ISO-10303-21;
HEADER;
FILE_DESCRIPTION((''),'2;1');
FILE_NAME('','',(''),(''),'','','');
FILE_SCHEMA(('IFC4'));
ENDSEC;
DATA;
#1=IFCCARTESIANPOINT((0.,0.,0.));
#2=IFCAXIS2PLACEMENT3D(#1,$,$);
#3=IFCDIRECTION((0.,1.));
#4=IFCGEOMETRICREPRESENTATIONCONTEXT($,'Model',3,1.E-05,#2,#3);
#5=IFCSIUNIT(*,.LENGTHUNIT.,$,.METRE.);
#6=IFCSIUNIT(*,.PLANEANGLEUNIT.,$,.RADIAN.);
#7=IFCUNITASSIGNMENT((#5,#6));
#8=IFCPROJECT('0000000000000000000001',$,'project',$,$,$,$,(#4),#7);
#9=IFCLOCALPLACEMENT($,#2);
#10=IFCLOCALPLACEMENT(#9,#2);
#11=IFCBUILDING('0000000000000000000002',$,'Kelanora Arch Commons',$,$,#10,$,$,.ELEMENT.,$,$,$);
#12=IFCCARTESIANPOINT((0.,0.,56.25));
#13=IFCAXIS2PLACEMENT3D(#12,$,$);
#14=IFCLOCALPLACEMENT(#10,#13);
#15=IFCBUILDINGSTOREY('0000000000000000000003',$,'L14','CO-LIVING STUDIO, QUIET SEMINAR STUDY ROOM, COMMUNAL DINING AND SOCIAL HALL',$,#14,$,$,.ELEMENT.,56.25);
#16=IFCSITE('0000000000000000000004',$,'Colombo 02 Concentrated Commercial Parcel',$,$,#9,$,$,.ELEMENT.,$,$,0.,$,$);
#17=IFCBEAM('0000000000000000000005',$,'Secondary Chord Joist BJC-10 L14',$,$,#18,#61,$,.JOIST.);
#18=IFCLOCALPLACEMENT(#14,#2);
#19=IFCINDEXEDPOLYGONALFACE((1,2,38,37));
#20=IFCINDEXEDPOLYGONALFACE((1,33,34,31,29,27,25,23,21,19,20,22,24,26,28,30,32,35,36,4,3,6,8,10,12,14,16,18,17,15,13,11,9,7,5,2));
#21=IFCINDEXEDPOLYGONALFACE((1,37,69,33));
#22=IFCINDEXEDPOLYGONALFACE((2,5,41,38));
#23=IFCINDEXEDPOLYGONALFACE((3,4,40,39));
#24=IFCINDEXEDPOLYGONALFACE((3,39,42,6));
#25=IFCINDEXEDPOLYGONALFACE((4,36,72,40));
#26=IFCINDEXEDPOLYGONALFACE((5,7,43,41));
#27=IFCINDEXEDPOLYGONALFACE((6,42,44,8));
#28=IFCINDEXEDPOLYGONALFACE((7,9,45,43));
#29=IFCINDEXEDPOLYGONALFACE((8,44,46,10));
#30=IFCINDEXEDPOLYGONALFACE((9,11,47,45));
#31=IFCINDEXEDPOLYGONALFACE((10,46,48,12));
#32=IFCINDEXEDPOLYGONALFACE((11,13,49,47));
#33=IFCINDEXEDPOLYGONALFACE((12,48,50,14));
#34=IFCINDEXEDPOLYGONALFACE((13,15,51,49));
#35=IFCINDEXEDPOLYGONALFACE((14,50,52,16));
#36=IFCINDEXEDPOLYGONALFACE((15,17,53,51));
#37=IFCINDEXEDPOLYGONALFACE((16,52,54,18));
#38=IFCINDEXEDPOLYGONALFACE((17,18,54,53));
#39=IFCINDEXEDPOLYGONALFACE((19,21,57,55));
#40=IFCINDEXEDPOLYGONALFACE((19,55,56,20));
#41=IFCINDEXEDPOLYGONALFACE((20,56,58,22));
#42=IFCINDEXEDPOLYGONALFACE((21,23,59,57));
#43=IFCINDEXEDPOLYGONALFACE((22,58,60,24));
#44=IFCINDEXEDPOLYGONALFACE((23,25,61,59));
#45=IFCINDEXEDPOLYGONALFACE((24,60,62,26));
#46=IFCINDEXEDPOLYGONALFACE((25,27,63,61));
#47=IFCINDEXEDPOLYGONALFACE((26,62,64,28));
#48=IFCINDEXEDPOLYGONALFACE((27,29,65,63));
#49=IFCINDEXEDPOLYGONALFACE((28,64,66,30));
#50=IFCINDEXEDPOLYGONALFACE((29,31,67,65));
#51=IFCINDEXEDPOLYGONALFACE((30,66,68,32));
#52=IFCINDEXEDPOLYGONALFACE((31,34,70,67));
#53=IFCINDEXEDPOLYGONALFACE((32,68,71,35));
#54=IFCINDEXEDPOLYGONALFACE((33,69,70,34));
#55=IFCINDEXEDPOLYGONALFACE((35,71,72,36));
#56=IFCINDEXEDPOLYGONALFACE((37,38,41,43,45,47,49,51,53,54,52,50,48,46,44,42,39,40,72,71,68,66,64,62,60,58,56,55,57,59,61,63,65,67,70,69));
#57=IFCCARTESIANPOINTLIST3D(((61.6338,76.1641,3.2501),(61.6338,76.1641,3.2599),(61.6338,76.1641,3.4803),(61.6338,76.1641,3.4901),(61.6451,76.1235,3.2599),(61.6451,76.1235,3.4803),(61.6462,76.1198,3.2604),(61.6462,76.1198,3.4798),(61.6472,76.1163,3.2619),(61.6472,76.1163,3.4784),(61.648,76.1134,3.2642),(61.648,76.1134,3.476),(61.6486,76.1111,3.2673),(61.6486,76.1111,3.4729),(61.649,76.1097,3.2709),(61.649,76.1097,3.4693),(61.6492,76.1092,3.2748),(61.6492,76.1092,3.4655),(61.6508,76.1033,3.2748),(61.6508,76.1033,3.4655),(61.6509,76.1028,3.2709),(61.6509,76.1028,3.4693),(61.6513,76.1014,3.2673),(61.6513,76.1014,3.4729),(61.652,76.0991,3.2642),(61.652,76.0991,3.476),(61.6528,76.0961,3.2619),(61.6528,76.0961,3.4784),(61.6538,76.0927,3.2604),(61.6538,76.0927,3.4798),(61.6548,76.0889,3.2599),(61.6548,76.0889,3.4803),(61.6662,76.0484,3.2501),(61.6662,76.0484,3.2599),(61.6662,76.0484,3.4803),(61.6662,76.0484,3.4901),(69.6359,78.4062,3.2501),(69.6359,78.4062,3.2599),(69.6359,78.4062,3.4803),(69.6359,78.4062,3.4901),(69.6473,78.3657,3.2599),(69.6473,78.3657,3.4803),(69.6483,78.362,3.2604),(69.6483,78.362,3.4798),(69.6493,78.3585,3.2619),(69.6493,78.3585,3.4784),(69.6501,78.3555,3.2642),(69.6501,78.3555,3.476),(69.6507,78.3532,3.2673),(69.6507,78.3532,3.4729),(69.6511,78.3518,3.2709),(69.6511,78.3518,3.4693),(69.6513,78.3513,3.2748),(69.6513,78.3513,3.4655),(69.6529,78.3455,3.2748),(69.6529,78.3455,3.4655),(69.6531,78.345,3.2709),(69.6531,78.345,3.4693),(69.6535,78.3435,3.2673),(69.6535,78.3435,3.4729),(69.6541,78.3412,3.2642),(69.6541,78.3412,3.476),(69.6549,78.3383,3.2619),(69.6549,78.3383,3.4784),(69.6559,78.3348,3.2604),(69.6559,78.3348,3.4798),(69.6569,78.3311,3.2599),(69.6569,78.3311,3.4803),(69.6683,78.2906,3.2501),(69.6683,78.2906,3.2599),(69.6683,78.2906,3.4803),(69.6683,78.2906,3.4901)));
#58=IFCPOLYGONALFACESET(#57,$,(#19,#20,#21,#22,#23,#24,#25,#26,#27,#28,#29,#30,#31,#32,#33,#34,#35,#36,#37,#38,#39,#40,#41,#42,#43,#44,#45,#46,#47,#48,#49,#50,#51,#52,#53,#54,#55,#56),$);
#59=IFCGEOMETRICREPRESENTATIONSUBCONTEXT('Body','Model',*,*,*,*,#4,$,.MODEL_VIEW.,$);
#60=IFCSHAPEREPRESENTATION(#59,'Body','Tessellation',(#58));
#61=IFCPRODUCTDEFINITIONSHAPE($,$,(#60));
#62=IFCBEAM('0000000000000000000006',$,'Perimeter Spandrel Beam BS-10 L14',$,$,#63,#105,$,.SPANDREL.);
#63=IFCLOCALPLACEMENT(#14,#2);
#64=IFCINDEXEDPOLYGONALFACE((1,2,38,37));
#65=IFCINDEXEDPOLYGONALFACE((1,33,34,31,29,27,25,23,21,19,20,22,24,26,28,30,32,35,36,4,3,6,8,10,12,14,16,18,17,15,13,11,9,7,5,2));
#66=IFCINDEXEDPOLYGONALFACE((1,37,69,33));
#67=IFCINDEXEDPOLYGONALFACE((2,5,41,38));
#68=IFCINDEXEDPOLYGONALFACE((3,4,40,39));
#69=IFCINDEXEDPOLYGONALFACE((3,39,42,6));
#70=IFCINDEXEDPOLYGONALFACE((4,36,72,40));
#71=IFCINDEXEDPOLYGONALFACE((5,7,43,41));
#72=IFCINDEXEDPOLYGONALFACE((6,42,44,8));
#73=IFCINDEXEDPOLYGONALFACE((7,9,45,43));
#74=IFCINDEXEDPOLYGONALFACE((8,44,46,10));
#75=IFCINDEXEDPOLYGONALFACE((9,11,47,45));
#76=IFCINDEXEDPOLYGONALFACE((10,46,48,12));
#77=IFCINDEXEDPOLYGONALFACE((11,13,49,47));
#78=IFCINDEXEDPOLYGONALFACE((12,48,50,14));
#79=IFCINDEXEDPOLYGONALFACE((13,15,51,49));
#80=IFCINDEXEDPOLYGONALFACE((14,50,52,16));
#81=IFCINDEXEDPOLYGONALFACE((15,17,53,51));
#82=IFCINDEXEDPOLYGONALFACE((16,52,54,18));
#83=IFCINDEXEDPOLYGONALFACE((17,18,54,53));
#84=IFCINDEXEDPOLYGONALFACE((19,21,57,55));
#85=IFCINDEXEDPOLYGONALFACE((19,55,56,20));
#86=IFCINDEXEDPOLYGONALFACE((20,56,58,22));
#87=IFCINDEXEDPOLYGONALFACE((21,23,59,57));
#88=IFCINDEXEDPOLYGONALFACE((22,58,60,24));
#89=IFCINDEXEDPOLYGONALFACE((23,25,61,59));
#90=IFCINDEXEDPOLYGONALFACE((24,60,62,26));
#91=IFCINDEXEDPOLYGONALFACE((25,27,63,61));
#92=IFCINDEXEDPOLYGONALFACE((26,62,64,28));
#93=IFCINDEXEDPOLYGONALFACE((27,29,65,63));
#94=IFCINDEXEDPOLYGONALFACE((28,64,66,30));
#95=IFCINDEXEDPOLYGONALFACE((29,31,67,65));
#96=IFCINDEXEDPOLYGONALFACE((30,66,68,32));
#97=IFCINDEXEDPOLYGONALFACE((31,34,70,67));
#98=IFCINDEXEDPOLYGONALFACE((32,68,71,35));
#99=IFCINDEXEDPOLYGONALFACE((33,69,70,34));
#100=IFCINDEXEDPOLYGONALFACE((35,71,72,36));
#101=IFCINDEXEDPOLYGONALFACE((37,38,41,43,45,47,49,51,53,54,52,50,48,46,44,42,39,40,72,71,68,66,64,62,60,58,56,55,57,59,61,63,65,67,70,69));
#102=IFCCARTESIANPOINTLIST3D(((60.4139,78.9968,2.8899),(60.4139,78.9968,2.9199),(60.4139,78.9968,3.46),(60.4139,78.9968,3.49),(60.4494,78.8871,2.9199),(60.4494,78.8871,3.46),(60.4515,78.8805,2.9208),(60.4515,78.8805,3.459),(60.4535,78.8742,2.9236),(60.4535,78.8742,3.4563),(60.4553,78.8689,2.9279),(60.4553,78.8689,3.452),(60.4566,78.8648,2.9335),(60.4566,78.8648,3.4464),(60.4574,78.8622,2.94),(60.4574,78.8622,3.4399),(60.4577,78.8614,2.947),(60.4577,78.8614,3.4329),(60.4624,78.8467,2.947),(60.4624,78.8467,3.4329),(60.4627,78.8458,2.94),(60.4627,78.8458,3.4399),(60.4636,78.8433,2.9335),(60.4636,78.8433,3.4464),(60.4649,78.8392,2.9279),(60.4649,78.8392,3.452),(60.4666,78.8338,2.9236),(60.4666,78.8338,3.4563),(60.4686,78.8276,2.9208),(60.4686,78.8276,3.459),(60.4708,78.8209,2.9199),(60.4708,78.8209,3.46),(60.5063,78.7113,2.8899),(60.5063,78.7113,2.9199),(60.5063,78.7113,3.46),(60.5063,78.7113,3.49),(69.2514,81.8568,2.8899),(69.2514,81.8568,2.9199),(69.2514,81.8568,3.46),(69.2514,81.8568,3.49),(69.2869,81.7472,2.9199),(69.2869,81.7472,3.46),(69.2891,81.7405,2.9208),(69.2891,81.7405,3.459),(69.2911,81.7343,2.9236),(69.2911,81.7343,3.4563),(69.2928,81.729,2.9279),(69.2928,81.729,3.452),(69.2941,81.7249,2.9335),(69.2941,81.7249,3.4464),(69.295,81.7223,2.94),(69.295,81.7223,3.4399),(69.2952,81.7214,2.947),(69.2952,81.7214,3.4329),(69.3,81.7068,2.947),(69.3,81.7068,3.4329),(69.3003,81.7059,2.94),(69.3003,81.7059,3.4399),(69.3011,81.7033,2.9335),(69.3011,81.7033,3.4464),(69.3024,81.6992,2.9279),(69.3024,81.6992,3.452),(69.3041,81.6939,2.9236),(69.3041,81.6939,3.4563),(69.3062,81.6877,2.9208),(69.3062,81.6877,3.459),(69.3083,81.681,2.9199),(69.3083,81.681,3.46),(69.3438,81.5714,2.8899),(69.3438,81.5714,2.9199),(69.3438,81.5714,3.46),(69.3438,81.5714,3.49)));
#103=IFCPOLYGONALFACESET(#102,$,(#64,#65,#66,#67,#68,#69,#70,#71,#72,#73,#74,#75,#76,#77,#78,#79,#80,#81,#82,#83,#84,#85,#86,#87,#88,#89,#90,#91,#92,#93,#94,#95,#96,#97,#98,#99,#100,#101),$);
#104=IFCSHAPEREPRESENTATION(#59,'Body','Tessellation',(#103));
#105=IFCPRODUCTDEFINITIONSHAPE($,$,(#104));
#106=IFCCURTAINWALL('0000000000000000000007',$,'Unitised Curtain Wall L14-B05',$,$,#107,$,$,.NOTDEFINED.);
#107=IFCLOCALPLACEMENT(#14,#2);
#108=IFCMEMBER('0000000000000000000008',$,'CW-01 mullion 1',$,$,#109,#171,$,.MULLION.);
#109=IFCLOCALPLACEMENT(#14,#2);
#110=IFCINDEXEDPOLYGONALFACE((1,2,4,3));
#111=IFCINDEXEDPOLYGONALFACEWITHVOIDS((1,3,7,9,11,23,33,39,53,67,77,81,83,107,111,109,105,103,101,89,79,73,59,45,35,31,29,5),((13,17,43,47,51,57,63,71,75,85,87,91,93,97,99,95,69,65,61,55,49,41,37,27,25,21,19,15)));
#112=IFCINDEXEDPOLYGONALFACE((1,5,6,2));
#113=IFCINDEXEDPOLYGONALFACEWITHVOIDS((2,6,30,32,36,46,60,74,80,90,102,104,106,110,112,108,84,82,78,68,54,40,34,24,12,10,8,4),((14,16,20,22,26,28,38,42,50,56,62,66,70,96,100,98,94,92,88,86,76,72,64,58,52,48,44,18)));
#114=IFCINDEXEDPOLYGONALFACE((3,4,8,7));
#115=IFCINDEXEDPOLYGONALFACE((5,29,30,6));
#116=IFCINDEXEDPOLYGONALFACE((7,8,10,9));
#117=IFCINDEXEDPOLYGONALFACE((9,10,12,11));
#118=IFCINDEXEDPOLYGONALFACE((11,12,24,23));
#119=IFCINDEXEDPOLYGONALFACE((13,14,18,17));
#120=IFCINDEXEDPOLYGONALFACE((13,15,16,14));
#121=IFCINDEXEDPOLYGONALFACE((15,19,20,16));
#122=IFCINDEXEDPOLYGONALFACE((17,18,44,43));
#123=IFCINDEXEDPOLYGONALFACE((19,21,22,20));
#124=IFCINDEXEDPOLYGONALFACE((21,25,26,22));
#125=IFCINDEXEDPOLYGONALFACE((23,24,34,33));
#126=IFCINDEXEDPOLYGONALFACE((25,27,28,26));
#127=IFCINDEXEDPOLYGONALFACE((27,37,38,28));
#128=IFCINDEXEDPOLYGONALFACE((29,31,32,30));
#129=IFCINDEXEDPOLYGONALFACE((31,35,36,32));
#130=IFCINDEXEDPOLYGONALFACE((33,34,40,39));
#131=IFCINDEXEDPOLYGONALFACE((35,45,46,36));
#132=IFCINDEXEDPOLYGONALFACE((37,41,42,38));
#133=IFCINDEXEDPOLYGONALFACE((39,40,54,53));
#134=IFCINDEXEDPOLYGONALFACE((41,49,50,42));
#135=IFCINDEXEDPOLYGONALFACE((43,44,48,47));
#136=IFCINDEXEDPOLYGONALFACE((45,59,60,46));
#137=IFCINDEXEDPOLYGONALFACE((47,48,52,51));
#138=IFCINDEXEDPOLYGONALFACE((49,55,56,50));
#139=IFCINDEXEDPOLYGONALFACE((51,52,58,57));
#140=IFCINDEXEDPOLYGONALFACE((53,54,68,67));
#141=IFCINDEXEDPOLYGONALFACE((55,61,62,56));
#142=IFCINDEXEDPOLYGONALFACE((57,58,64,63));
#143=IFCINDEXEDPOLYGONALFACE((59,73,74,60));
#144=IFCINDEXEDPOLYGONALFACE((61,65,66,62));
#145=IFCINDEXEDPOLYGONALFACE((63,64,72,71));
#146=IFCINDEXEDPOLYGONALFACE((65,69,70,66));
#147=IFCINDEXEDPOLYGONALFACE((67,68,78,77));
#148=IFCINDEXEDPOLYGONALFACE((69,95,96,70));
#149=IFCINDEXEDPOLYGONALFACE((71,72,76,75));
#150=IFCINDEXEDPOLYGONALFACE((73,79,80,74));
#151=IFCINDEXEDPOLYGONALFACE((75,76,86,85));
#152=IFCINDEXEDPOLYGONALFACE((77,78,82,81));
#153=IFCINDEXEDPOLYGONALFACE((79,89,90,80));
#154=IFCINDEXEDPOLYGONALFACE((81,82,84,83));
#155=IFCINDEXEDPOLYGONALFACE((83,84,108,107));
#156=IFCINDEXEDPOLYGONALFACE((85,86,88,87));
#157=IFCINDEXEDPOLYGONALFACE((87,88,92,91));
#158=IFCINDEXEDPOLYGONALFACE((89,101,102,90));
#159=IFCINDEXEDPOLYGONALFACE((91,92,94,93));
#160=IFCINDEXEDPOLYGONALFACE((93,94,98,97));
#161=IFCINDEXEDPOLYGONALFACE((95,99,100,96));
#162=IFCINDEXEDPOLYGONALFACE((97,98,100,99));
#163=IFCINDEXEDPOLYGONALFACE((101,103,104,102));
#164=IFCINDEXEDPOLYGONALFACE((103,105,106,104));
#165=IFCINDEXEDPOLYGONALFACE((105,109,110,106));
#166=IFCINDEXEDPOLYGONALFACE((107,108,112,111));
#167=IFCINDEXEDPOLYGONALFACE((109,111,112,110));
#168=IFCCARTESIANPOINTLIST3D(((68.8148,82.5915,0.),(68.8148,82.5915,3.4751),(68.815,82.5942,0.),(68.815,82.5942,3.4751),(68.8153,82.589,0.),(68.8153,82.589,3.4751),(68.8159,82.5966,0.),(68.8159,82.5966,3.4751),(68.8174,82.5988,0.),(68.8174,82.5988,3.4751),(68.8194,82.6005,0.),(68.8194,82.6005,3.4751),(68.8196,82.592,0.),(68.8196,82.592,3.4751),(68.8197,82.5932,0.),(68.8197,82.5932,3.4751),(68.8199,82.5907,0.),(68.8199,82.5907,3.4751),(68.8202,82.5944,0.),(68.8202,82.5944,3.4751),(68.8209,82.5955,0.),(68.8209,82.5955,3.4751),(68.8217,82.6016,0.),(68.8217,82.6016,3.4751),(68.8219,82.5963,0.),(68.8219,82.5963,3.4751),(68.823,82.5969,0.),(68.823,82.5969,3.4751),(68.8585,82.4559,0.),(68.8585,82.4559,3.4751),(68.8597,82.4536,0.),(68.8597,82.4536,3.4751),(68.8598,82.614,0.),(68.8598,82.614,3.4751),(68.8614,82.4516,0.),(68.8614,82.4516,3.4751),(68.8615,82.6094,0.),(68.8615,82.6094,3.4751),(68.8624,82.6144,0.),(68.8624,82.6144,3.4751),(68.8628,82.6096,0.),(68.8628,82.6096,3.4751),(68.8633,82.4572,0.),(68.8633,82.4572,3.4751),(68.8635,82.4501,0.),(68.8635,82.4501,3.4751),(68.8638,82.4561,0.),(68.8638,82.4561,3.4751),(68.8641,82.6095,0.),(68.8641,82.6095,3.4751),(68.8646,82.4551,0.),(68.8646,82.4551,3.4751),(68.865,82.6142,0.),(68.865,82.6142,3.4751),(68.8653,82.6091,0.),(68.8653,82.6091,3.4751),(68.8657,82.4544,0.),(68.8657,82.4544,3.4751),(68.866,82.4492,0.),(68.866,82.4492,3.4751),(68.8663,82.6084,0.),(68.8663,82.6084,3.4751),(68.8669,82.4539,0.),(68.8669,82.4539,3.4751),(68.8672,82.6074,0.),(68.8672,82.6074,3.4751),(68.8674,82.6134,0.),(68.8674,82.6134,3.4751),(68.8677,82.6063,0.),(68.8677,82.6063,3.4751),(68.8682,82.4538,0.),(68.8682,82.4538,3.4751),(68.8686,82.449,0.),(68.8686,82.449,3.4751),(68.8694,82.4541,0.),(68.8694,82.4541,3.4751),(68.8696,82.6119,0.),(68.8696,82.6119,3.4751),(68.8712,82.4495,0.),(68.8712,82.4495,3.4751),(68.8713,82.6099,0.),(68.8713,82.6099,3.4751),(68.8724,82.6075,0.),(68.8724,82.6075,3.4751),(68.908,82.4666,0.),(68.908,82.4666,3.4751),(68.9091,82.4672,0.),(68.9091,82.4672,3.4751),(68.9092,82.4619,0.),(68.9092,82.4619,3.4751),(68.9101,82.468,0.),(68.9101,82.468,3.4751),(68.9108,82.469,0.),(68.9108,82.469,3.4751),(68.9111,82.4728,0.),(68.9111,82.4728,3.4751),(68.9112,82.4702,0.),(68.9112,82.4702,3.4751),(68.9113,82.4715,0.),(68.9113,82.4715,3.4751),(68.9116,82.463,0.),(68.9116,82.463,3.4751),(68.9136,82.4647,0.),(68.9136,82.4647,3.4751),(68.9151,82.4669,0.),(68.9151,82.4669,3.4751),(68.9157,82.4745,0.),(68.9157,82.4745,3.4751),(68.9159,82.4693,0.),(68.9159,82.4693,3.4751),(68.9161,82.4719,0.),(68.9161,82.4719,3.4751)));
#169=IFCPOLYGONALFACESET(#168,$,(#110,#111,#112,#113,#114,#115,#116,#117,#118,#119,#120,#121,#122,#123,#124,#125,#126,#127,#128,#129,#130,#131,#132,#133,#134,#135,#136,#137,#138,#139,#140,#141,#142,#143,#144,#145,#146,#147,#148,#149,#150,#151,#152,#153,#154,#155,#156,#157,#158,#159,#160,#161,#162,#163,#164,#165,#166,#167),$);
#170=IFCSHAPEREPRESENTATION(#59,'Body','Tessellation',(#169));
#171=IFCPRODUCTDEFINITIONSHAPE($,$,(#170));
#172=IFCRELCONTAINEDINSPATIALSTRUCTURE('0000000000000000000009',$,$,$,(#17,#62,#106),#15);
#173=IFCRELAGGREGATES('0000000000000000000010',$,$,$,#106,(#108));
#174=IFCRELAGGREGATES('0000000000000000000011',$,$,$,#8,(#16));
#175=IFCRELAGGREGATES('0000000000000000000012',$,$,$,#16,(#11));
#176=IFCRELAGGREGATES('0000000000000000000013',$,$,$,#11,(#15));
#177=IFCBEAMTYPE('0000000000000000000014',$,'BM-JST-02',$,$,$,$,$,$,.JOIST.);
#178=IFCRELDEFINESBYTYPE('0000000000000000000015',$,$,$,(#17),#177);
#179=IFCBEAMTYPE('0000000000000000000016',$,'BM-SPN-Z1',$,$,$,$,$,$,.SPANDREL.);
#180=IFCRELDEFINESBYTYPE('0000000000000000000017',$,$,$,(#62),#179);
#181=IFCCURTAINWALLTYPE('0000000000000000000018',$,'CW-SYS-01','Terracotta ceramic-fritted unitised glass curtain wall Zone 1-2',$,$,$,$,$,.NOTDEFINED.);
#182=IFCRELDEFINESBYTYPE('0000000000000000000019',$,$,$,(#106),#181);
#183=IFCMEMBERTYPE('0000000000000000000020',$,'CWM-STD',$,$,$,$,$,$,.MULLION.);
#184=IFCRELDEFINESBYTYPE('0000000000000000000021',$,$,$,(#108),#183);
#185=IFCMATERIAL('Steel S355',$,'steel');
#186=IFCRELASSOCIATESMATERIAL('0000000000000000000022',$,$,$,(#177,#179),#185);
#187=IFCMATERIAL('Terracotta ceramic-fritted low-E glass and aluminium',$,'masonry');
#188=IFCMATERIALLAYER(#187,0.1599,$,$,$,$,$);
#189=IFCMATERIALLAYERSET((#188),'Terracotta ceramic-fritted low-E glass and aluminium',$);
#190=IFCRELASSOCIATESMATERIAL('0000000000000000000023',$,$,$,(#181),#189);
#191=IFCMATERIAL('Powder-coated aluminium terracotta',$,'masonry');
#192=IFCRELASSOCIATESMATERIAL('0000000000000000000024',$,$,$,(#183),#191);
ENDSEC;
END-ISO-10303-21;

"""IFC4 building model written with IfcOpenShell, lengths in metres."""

from ifc_helpers import new_model, si_unit, direction, frame, origin, origin_2d, place, context, subcontext, project, spatial, hollow_rectangle, i_section, extrude, material, layer, layer_set, material_profile, profile_set, type_object, element, aggregate, save


model = new_model("IFC4")

# Units and contexts
model_context = context("Model", 3, precision=1e-05, world=origin(), true_north=direction((0.0, 1.0)))
body_context = subcontext(model_context, "Body", "Model", "MODEL_VIEW")
ifc_project = project(units=[si_unit("LENGTHUNIT", "METRE"), si_unit("PLANEANGLEUNIT", "RADIAN")], contexts=[model_context])

# Site, building, storey
site_placement = place(None, origin())
site = spatial("IfcSite", under=ifc_project, at=site_placement, Name="Colombo 02 Concentrated Commercial Parcel", CompositionType="ELEMENT", RefElevation=0.0)
building_placement = place(site_placement, origin())
building = spatial("IfcBuilding", under=site, at=building_placement, Name="Kelanora Arch Commons", CompositionType="ELEMENT")
storey_placement = place(building_placement, frame((0.0, 0.0, 56.25)))
storey = spatial("IfcBuildingStorey", under=building, at=storey_placement, Name="L14", Description="CO-LIVING STUDIO, QUIET SEMINAR STUDY ROOM, COMMUNAL DINING AND SOCIAL HALL", CompositionType="ELEMENT", Elevation=56.25)

# Beams
ifc_material_1 = material(Name="Steel S355", Category="steel")
ifc_material_profile_1 = material_profile(ifc_material_1, i_section(OverallWidth=0.1201, OverallDepth=0.24, WebThickness=0.0061, FlangeThickness=0.0098, FilletRadius=0.0149, at=origin_2d()), Name="IPE240")
ifc_profile_set_1 = profile_set([ifc_material_profile_1], Name="Steel S355")
beam_type_1 = type_object("IfcBeamType", Name="BM-JST-02", PredefinedType="JOIST", material=ifc_profile_set_1)
beam_1_placement = place(storey_placement, frame((69.6521, 78.3484, 3.3701), z_axis=(-0.962915, -0.269805, 0.0), x_axis=(0.269805, -0.962915, 0.0)))
element("IfcBeam", 1, at=beam_1_placement, inside=storey, type_object=beam_type_1, Name="Secondary Chord Joist BJC-10 L14", PredefinedType="JOIST", context=body_context, shape_type="SweptSolid", body=[
    extrude(i_section(OverallWidth=0.1201, OverallDepth=0.24, WebThickness=0.0061, FlangeThickness=0.0098, FilletRadius=0.0149, at=origin_2d()), origin(), (0.0, 0.0, 1.0), 8.3103),
])
ifc_material_profile_2 = material_profile(ifc_material_1, i_section(OverallWidth=0.3, OverallDepth=0.6001, WebThickness=0.0154, FlangeThickness=0.03, FilletRadius=0.0271, at=origin_2d()), Name="HEB600")
ifc_profile_set_2 = profile_set([ifc_material_profile_2], Name="Steel S355")
beam_type_2 = type_object("IfcBeamType", Name="BM-SPN-Z1", PredefinedType="SPANDREL", material=ifc_profile_set_2)
beam_2_placement = place(storey_placement, frame((69.2976, 81.7141, 3.1899), z_axis=(-0.951417, -0.307905, 0.0), x_axis=(0.307905, -0.951417, 0.0)))
element("IfcBeam", 2, at=beam_2_placement, inside=storey, type_object=beam_type_2, Name="Perimeter Spandrel Beam BS-10 L14", PredefinedType="SPANDREL", context=body_context, shape_type="SweptSolid", body=[
    extrude(i_section(OverallWidth=0.3, OverallDepth=0.6001, WebThickness=0.0154, FlangeThickness=0.03, FilletRadius=0.0271, at=origin_2d()), origin(), (0.0, 0.0, 1.0), 9.2888),
])

# Curtain wall, member
ifc_material_2 = material(Name="Terracotta ceramic-fritted low-E glass and aluminium", Category="masonry")
ifc_layer_1 = layer(ifc_material_2, 0.1599)
ifc_layer_set_1 = layer_set([ifc_layer_1], Name="Terracotta ceramic-fritted low-E glass and aluminium")
curtain_wall_type = type_object("IfcCurtainWallType", Name="CW-SYS-01", Description="Terracotta ceramic-fritted unitised glass curtain wall Zone 1-2", PredefinedType="NOTDEFINED", material=ifc_layer_set_1)
curtain_wall_placement = place(storey_placement, origin())
curtain_wall = element("IfcCurtainWall", 3, at=curtain_wall_placement, inside=storey, type_object=curtain_wall_type, Name="Unitised Curtain Wall L14-B05", PredefinedType="NOTDEFINED")
ifc_material_3 = material(Name="Powder-coated aluminium terracotta", Category="masonry")
ifc_material_profile_3 = material_profile(ifc_material_3, hollow_rectangle(XDim=0.1599, YDim=0.0601, WallThickness=0.0049, InnerFilletRadius=0.0049, OuterFilletRadius=0.01, at=origin_2d()), Name="CWM160x60")
ifc_profile_set_3 = profile_set([ifc_material_profile_3], Name="Powder-coated aluminium terracotta")
member_type_1 = type_object("IfcMemberType", Name="CWM-STD", PredefinedType="MULLION", material=ifc_profile_set_3)
member_1_placement = place(storey_placement, frame((68.8655, 82.5317, 0.0), z_axis=(0.0, 0.0, 1.0), x_axis=(0.309058, -0.951043, 0.0)))
member_1 = element("IfcMember", 4, at=member_1_placement, type_object=member_type_1, Name="CW-01 mullion 1", PredefinedType="MULLION", context=body_context, shape_type="SweptSolid", body=[
    extrude(hollow_rectangle(XDim=0.1599, YDim=0.0601, WallThickness=0.0049, InnerFilletRadius=0.0049, OuterFilletRadius=0.01, at=origin_2d()), origin(), (0.0, 0.0, 1.0), 3.4751),
])
aggregate(curtain_wall, [member_1])

save(model, "model.ifc")
